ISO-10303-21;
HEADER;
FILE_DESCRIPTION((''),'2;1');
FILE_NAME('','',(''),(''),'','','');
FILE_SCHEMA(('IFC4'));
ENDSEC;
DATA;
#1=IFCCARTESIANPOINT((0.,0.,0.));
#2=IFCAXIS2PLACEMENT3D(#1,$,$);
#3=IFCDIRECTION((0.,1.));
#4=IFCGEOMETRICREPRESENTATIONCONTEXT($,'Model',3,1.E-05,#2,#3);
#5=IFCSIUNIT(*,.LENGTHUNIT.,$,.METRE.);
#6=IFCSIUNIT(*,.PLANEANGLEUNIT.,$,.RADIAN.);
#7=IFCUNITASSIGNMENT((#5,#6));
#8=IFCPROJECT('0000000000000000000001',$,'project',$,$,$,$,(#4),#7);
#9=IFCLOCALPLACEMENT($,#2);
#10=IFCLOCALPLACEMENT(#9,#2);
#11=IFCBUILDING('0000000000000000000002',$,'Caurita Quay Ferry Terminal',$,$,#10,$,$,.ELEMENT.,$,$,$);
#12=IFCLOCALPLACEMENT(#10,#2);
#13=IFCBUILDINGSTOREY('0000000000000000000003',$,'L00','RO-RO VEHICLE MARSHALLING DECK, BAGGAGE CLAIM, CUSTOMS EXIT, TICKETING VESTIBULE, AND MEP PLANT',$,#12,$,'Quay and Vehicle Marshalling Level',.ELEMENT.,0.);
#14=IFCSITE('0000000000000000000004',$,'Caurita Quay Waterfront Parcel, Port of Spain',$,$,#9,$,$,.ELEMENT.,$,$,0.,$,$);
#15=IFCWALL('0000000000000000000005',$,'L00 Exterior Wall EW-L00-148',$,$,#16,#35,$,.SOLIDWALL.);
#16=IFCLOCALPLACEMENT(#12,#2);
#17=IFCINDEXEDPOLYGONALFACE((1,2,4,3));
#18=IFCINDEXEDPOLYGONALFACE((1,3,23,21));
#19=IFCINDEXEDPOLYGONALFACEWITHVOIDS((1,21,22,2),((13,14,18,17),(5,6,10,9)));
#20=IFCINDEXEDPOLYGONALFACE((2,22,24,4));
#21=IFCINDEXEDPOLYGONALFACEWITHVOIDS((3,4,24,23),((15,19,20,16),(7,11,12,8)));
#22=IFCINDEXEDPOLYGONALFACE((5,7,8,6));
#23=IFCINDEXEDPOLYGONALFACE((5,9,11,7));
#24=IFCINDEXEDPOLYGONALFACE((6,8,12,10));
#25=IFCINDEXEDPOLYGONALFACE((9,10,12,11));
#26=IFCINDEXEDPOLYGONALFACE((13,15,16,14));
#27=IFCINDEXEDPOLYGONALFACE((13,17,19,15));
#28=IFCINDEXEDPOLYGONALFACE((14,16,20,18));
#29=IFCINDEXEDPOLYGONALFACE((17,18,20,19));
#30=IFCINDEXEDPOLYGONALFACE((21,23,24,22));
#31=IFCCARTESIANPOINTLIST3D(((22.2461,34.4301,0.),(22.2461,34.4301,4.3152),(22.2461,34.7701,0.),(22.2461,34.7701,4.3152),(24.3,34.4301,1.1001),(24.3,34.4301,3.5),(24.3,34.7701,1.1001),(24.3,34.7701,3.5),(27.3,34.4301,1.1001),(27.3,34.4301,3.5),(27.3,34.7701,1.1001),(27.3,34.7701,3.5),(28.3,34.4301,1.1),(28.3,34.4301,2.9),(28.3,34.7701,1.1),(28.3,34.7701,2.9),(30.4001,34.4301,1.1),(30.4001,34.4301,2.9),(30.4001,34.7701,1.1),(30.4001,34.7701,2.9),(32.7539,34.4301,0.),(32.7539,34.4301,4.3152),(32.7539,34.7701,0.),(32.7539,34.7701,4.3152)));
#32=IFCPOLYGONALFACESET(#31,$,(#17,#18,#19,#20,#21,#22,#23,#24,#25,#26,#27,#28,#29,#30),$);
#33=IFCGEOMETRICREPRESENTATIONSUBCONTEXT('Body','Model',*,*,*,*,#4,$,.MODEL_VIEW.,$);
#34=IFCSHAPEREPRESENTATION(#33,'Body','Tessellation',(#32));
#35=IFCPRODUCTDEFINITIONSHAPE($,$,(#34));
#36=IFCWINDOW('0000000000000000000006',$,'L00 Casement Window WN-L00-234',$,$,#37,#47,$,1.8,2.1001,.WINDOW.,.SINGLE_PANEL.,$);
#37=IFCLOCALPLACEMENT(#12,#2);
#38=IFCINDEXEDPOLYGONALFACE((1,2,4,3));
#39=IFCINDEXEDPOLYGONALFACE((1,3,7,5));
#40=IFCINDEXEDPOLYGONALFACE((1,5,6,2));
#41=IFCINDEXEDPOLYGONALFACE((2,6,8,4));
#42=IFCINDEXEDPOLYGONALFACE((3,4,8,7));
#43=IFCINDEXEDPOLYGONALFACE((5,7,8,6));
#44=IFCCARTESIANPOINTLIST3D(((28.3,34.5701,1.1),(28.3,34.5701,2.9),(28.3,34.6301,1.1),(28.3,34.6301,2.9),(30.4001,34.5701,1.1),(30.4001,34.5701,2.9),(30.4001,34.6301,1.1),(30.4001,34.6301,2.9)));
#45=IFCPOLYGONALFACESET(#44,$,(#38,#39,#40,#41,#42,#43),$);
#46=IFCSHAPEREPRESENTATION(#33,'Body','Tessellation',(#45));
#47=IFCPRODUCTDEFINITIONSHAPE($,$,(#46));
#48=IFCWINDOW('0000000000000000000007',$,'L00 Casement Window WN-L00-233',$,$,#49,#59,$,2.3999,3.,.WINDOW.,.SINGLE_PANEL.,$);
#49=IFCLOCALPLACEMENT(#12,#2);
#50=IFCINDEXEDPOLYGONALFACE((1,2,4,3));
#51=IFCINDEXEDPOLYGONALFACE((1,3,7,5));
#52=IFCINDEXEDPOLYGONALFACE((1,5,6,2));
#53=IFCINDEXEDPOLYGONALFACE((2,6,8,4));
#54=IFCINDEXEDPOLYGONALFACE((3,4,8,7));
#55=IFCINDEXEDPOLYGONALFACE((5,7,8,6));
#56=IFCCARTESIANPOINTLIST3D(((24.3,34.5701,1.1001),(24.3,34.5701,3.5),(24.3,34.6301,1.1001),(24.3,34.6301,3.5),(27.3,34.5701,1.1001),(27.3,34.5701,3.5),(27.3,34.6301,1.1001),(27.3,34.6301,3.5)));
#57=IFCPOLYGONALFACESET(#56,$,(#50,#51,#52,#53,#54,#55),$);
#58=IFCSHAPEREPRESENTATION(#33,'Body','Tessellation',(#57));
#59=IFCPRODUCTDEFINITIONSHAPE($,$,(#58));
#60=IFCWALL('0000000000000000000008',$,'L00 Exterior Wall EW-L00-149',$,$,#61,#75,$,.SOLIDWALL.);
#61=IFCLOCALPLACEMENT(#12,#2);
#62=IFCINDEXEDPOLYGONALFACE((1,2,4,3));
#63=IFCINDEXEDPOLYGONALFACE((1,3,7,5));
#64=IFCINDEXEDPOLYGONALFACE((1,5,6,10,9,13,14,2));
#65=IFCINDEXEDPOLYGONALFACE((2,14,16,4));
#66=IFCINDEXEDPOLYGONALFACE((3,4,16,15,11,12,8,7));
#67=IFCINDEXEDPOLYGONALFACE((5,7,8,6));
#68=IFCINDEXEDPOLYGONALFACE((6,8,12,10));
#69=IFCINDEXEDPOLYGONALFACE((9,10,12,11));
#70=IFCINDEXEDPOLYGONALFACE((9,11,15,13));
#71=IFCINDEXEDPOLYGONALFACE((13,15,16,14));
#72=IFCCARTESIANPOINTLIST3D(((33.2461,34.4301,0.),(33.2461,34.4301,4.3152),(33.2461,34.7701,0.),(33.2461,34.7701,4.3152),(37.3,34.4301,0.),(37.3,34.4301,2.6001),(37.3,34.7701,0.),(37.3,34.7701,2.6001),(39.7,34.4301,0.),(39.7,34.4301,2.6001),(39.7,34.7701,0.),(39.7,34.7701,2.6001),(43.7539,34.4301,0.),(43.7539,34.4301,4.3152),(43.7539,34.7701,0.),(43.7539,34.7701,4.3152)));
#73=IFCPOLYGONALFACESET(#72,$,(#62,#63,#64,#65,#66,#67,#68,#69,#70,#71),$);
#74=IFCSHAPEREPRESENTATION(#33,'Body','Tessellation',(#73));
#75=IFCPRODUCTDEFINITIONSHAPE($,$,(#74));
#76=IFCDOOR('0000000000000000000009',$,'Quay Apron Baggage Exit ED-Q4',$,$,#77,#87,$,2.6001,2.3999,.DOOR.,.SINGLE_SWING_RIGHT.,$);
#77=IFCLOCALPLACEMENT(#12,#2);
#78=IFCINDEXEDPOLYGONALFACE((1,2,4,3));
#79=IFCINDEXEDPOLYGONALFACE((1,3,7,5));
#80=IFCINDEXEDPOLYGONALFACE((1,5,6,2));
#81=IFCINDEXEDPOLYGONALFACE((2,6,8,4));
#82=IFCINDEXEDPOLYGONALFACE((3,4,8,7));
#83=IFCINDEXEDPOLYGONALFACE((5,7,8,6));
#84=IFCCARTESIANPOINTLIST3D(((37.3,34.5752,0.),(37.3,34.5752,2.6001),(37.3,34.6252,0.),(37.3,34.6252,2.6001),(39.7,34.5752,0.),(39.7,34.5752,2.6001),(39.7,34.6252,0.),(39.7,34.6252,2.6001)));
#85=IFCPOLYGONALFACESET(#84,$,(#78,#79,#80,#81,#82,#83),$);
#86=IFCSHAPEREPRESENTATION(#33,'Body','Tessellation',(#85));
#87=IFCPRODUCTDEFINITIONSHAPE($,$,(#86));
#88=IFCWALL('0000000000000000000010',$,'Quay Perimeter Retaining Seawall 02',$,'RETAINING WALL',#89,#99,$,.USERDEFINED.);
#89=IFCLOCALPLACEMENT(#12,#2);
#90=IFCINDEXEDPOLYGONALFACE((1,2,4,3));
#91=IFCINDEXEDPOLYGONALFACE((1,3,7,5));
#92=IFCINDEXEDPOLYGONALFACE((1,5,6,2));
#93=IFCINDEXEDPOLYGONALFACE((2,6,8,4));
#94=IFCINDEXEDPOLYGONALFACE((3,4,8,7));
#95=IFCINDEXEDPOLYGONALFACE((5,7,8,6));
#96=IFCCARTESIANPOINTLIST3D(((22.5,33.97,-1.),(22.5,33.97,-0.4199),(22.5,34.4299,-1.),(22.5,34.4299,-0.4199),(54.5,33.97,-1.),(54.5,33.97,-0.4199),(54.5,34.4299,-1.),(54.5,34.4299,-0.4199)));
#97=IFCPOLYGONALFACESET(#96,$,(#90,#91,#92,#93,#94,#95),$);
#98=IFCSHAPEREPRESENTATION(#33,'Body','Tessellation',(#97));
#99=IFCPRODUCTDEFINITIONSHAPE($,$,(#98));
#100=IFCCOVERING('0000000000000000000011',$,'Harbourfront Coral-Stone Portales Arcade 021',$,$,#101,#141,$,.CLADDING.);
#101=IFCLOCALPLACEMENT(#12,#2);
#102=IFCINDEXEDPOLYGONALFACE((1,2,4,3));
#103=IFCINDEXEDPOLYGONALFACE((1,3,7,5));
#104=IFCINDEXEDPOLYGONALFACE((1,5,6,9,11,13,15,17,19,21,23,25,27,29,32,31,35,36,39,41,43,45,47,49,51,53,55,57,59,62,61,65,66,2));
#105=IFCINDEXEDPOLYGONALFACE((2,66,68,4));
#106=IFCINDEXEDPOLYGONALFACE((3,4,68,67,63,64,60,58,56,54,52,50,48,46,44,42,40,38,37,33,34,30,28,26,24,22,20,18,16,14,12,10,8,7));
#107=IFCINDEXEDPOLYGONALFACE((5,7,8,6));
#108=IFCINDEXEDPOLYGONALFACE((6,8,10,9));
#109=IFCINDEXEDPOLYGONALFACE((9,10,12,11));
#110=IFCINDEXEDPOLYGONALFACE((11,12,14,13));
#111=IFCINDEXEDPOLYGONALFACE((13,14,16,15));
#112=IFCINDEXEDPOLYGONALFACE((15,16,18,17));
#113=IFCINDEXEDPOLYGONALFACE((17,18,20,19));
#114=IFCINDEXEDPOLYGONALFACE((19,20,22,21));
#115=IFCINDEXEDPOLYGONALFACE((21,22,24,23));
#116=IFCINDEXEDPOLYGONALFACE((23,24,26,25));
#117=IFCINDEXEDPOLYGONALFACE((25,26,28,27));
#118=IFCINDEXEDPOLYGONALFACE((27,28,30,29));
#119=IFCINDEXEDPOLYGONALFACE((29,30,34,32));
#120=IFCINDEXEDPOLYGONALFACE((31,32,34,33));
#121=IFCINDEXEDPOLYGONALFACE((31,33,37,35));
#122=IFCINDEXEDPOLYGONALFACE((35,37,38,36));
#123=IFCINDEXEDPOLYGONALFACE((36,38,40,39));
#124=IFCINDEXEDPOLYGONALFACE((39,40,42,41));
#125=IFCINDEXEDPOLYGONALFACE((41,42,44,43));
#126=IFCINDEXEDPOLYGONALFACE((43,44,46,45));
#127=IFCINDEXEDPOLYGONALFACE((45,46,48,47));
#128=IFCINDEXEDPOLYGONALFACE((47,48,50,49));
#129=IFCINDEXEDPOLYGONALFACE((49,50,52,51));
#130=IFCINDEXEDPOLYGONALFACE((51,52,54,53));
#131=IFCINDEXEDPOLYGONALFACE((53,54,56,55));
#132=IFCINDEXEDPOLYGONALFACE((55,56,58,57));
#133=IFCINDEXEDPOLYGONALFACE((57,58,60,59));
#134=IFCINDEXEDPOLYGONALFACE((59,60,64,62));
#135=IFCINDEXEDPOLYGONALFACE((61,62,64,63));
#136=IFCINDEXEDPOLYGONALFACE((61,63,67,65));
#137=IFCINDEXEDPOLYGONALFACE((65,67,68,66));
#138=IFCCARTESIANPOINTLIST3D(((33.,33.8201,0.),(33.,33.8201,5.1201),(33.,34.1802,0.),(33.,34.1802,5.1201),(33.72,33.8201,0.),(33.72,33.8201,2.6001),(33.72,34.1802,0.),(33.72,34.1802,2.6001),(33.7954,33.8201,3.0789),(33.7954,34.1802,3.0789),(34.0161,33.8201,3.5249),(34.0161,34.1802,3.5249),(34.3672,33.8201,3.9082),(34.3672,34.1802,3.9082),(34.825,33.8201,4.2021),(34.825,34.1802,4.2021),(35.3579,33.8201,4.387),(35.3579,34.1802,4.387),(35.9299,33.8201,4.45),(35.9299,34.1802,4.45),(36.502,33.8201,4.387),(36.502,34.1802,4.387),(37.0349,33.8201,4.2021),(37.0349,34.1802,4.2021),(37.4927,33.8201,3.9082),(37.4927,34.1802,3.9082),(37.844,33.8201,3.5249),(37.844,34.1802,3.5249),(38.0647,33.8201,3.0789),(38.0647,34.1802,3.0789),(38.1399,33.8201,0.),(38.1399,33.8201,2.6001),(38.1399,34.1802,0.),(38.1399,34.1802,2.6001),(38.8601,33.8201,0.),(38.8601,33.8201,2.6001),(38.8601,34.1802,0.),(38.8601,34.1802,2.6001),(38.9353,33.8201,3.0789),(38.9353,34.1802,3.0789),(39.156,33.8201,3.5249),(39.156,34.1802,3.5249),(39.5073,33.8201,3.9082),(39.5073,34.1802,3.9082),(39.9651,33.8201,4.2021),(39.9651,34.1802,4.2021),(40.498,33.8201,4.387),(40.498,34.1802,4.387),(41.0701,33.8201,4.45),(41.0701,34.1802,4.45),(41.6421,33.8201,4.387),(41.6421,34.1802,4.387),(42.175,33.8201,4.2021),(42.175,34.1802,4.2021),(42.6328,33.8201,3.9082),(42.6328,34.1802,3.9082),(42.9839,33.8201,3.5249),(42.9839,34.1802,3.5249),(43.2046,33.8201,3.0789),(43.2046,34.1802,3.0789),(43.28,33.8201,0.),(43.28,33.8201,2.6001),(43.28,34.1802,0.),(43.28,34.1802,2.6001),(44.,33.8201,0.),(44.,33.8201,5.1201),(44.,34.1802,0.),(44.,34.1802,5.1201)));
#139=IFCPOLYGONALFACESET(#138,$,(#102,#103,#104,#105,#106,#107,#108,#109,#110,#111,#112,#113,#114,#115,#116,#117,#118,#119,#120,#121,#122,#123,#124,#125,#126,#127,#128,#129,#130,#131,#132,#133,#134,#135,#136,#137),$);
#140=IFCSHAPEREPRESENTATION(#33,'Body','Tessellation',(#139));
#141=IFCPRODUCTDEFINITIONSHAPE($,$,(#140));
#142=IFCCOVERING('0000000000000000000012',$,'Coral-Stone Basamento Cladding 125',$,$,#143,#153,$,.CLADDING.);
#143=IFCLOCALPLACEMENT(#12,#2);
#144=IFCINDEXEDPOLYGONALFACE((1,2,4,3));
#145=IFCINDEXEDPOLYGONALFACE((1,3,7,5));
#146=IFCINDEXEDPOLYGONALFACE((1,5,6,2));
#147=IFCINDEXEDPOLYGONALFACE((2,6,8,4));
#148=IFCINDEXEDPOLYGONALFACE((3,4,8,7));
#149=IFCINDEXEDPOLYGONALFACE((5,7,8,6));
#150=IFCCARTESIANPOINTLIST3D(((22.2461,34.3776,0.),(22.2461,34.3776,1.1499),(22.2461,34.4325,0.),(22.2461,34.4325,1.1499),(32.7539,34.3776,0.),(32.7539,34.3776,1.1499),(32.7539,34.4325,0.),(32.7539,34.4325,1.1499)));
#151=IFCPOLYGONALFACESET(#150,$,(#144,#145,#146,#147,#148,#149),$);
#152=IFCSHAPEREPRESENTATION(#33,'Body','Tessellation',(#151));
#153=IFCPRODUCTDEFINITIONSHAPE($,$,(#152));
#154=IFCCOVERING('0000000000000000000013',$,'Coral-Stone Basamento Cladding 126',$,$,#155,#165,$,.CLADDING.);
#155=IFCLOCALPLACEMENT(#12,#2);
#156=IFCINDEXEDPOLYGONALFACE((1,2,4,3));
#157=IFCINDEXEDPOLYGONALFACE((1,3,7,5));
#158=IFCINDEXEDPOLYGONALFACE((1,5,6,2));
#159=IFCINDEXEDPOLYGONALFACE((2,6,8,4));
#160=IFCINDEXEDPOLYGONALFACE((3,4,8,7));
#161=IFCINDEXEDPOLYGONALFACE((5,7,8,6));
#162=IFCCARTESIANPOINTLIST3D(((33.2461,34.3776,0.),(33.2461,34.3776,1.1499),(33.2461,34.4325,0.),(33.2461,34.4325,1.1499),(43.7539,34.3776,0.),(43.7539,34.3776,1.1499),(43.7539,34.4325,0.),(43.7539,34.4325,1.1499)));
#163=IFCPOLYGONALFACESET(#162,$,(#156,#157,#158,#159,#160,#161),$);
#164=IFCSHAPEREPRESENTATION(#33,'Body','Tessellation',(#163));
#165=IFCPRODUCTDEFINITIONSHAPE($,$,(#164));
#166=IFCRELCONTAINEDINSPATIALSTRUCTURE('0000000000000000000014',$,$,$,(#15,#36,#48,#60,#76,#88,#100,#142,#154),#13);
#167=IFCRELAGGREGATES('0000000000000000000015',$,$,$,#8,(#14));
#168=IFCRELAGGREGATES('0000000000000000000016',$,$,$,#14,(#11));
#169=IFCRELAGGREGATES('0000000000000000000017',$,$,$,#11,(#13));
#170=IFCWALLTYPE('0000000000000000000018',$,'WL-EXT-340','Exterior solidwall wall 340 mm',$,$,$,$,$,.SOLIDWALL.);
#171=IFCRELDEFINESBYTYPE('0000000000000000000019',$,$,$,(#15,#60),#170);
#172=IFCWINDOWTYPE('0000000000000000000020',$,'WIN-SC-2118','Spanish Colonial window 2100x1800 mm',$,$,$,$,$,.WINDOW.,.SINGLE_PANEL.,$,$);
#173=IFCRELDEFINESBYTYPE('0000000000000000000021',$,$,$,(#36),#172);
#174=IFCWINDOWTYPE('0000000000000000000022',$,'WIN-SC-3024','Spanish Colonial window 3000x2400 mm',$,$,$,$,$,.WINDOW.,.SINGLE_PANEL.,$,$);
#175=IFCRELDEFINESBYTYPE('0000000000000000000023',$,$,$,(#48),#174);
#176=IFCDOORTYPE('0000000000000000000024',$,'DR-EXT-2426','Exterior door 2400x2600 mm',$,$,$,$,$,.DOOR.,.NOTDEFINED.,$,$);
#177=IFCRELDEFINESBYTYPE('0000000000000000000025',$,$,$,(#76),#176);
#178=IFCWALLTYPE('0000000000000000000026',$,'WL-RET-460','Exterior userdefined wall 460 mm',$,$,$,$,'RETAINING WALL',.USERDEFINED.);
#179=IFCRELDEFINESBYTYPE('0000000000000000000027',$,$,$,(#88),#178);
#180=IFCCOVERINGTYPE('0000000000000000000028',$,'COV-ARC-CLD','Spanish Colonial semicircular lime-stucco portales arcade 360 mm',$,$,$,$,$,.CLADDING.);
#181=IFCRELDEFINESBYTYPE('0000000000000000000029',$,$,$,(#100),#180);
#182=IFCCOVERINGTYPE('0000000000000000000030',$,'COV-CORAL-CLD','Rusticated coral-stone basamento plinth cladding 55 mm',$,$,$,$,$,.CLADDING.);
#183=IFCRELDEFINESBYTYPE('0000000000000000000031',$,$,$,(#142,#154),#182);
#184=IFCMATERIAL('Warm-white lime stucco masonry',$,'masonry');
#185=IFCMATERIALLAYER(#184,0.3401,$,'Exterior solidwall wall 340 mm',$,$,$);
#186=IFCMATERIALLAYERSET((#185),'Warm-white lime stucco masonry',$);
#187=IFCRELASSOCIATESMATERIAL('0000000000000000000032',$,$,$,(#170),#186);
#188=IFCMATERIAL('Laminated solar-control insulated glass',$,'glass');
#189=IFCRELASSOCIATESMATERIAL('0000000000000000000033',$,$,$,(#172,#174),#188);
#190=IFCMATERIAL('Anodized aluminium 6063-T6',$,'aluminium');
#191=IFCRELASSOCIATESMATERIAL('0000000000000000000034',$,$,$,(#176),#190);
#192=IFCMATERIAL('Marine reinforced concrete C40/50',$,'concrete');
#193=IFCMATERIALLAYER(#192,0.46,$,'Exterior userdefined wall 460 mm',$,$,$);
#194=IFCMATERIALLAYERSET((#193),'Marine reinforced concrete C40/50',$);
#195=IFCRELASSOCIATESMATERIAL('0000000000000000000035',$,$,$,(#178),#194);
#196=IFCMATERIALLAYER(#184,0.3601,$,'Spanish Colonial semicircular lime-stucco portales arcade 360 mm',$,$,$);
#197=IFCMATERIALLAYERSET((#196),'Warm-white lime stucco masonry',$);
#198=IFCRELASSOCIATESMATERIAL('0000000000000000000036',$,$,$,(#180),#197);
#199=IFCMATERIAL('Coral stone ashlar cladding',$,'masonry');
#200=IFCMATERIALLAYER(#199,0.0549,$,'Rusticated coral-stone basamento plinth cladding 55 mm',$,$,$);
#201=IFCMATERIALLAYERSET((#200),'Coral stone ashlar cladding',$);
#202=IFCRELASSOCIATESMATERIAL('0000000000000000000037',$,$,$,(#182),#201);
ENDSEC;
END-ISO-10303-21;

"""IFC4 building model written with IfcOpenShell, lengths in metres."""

from ifc_helpers import new_model, si_unit, direction, frame, frame_2d, origin, place, context, subcontext, project, spatial, polyline, rectangle, outline, extrude, material, layer, layer_set, type_object, element, fill, save


model = new_model("IFC4")

# Units and contexts
model_context = context("Model", 3, precision=1e-05, world=origin(), true_north=direction((0.0, 1.0)))
body_context = subcontext(model_context, "Body", "Model", "MODEL_VIEW")
ifc_project = project(units=[si_unit("LENGTHUNIT", "METRE"), si_unit("PLANEANGLEUNIT", "RADIAN")], contexts=[model_context])

# Site, building, storey
site_placement = place(None, origin())
site = spatial("IfcSite", under=ifc_project, at=site_placement, Name="Caurita Quay Waterfront Parcel, Port of Spain", CompositionType="ELEMENT", RefElevation=0.0)
building_placement = place(site_placement, origin())
building = spatial("IfcBuilding", under=site, at=building_placement, Name="Caurita Quay Ferry Terminal", CompositionType="ELEMENT")
storey_placement = place(building_placement, origin())
storey = spatial("IfcBuildingStorey", under=building, at=storey_placement, Name="L00", Description="RO-RO VEHICLE MARSHALLING DECK, BAGGAGE CLAIM, CUSTOMS EXIT, TICKETING VESTIBULE, AND MEP PLANT", LongName="Quay and Vehicle Marshalling Level", CompositionType="ELEMENT", Elevation=0.0)

# Shared definitions
ifc_material_1 = material(Name="Marine reinforced concrete C40/50", Category="concrete")

# Shared definitions
ifc_material_2 = material(Name="Warm-white lime stucco masonry", Category="masonry")
ifc_material_3 = material(Name="Anodized aluminium 6063-T6", Category="aluminium")

# Wall, openings, windows
ifc_layer_1 = layer(ifc_material_2, 0.3401, Name="Exterior solidwall wall 340 mm")
ifc_layer_set_1 = layer_set([ifc_layer_1], Name="Warm-white lime stucco masonry")
wall_type_1 = type_object("IfcWallType", Name="WL-EXT-340", Description="Exterior solidwall wall 340 mm", PredefinedType="SOLIDWALL", material=ifc_layer_set_1)
wall_1_placement = place(storey_placement, frame((22.2461, 34.6001, 0.0), z_axis=(0.0, 0.0, 1.0), x_axis=(1.0, 0.0, 0.0)))
wall_1 = element("IfcWall", 1, at=wall_1_placement, inside=storey, type_object=wall_type_1, Name="L00 Exterior Wall EW-L00-148", PredefinedType="SOLIDWALL", context=body_context, shape_type="SweptSolid", body=[
    extrude(rectangle(XDim=10.5078, YDim=0.3401, at=frame_2d((5.2539, 0.0))), origin(), (0.0, 0.0, 1.0), 4.3152),
])
opening_1_placement = place(wall_1_placement, frame((2.054, 0.0, 1.1001)))
opening_1 = element("IfcOpeningElement", 2, at=opening_1_placement, cuts=wall_1, PredefinedType="OPENING", context=body_context, shape_type="SweptSolid", body=[
    extrude(rectangle(XDim=3.0, YDim=2.3999, at=frame_2d((1.5, 1.2))), frame((0.0, 0.1799, 0.0), z_axis=(0.0, -1.0, 0.0), x_axis=(1.0, 0.0, 0.0)), (0.0, 0.0, 1.0), 0.3601),
])
opening_2_placement = place(wall_1_placement, frame((6.054, 0.0, 1.1001)))
opening_2 = element("IfcOpeningElement", 3, at=opening_2_placement, cuts=wall_1, PredefinedType="OPENING", context=body_context, shape_type="SweptSolid", body=[
    extrude(rectangle(XDim=2.1001, YDim=1.8, at=frame_2d((1.05, 0.8999))), frame((0.0, 0.1799, 0.0), z_axis=(0.0, -1.0, 0.0), x_axis=(1.0, 0.0, 0.0)), (0.0, 0.0, 1.0), 0.3601),
])
ifc_material_4 = material(Name="Laminated solar-control insulated glass", Category="glass")
window_type_1 = type_object("IfcWindowType", Name="WIN-SC-2118", Description="Spanish Colonial window 2100x1800 mm", PartitioningType="SINGLE_PANEL", PredefinedType="WINDOW", material=ifc_material_4)
window_1_placement = place(opening_2_placement, origin())
window_1 = element("IfcWindow", 4, at=window_1_placement, inside=storey, type_object=window_type_1, Name="L00 Casement Window WN-L00-234", OverallHeight=1.8, OverallWidth=2.1001, PartitioningType="SINGLE_PANEL", PredefinedType="WINDOW", context=body_context, shape_type="SweptSolid", body=[
    extrude(rectangle(XDim=2.1001, YDim=1.8, at=frame_2d((1.05, 0.8999))), frame((0.0, 0.03, 0.0), z_axis=(0.0, -1.0, 0.0), x_axis=(1.0, 0.0, 0.0)), (0.0, 0.0, 1.0), 0.0601),
])
fill(opening_2, window_1)
window_type_2 = type_object("IfcWindowType", Name="WIN-SC-3024", Description="Spanish Colonial window 3000x2400 mm", PartitioningType="SINGLE_PANEL", PredefinedType="WINDOW", material=ifc_material_4)
window_2_placement = place(opening_1_placement, origin())
window_2 = element("IfcWindow", 5, at=window_2_placement, inside=storey, type_object=window_type_2, Name="L00 Casement Window WN-L00-233", OverallHeight=2.3999, OverallWidth=3.0, PartitioningType="SINGLE_PANEL", PredefinedType="WINDOW", context=body_context, shape_type="SweptSolid", body=[
    extrude(rectangle(XDim=3.0, YDim=2.3999, at=frame_2d((1.5, 1.2))), frame((0.0, 0.03, 0.0), z_axis=(0.0, -1.0, 0.0), x_axis=(1.0, 0.0, 0.0)), (0.0, 0.0, 1.0), 0.0601),
])
fill(opening_1, window_2)

# Wall, opening, door
wall_2_placement = place(storey_placement, frame((33.2461, 34.6001, 0.0), z_axis=(0.0, 0.0, 1.0), x_axis=(1.0, 0.0, 0.0)))
wall_2 = element("IfcWall", 6, at=wall_2_placement, inside=storey, type_object=wall_type_1, Name="L00 Exterior Wall EW-L00-149", PredefinedType="SOLIDWALL", context=body_context, shape_type="SweptSolid", body=[
    extrude(rectangle(XDim=10.5078, YDim=0.3401, at=frame_2d((5.2539, 0.0))), origin(), (0.0, 0.0, 1.0), 4.3152),
])
opening_3_placement = place(wall_2_placement, frame((4.054, 0.0, 0.0)))
opening_3 = element("IfcOpeningElement", 7, at=opening_3_placement, cuts=wall_2, PredefinedType="OPENING", context=body_context, shape_type="SweptSolid", body=[
    extrude(rectangle(XDim=2.3999, YDim=2.6001, at=frame_2d((1.2, 1.3))), frame((0.0, 0.1799, 0.0), z_axis=(0.0, -1.0, 0.0), x_axis=(1.0, 0.0, 0.0)), (0.0, 0.0, 1.0), 0.3601),
])
door_type_1 = type_object("IfcDoorType", Name="DR-EXT-2426", Description="Exterior door 2400x2600 mm", OperationType="NOTDEFINED", PredefinedType="DOOR", material=ifc_material_3)
door_1_placement = place(opening_3_placement, frame((2.3999, 0.0, 0.0), z_axis=(0.0, 0.0, 1.0), x_axis=(-1.0, 0.0, 0.0)))
door_1 = element("IfcDoor", 8, at=door_1_placement, inside=storey, type_object=door_type_1, Name="Quay Apron Baggage Exit ED-Q4", OperationType="SINGLE_SWING_RIGHT", OverallHeight=2.6001, OverallWidth=2.3999, PredefinedType="DOOR", context=body_context, shape_type="SweptSolid", body=[
    extrude(rectangle(XDim=2.3999, YDim=2.6001, at=frame_2d((1.2, 1.3))), frame((0.0, 0.0249, 0.0), z_axis=(0.0, -1.0, 0.0), x_axis=(1.0, 0.0, 0.0)), (0.0, 0.0, 1.0), 0.05),
])
fill(opening_3, door_1)

# Wall
ifc_layer_2 = layer(ifc_material_1, 0.46, Name="Exterior userdefined wall 460 mm")
ifc_layer_set_2 = layer_set([ifc_layer_2], Name="Marine reinforced concrete C40/50")
wall_type_2 = type_object("IfcWallType", Name="WL-RET-460", Description="Exterior userdefined wall 460 mm", ElementType="RETAINING WALL", PredefinedType="USERDEFINED", material=ifc_layer_set_2)
wall_3_placement = place(storey_placement, frame((22.5, 34.2, -1.0), z_axis=(0.0, 0.0, 1.0), x_axis=(1.0, 0.0, 0.0)))
element("IfcWall", 9, at=wall_3_placement, inside=storey, type_object=wall_type_2, Name="Quay Perimeter Retaining Seawall 02", ObjectType="RETAINING WALL", PredefinedType="USERDEFINED", context=body_context, shape_type="SweptSolid", body=[
    extrude(rectangle(XDim=32.0, YDim=0.46, at=frame_2d((16.0, 0.0))), origin(), (0.0, 0.0, 1.0), 0.5801),
])

# Coverings
ifc_layer_3 = layer(ifc_material_2, 0.3601, Name="Spanish Colonial semicircular lime-stucco portales arcade 360 mm")
ifc_layer_set_3 = layer_set([ifc_layer_3], Name="Warm-white lime stucco masonry")
covering_type_1 = type_object("IfcCoveringType", Name="COV-ARC-CLD", Description="Spanish Colonial semicircular lime-stucco portales arcade 360 mm", PredefinedType="CLADDING", material=ifc_layer_set_3)
covering_1_placement = place(storey_placement, frame((33.0, 34.0, 0.0), z_axis=(0.0, 0.0, 1.0), x_axis=(1.0, 0.0, 0.0)))
element("IfcCovering", 10, at=covering_1_placement, inside=storey, type_object=covering_type_1, Name="Harbourfront Coral-Stone Portales Arcade 021", PredefinedType="CLADDING", context=body_context, shape_type="SweptSolid", body=[
    extrude(outline(polyline([(0.0, 0.0), (0.72, 0.0), (0.72, 2.6001), (0.7954, 3.0789), (1.0161, 3.5249), (1.3672, 3.9082), (1.825, 4.2021), (2.3579, 4.387), (2.9299, 4.45), (3.502, 4.387), (4.0349, 4.2021), (4.4927, 3.9082), (4.844, 3.5249), (5.0647, 3.0789), (5.1399, 2.6001), (5.1399, 0.0), (5.8601, 0.0), (5.8601, 2.6001), (5.9353, 3.0789), (6.156, 3.5249), (6.5073, 3.9082), (6.9651, 4.2021), (7.498, 4.387), (8.0701, 4.45), (8.6421, 4.387), (9.175, 4.2021), (9.6328, 3.9082), (9.9839, 3.5249), (10.2046, 3.0789), (10.28, 2.6001), (10.28, 0.0), (11.0, 0.0), (11.0, 5.1201), (0.0, 5.1201), (0.0, 0.0)])), frame((0.0, 0.1802, 0.0), z_axis=(0.0, -1.0, 0.0), x_axis=(1.0, 0.0, 0.0)), (0.0, 0.0, 1.0), 0.3601),
])
ifc_material_5 = material(Name="Coral stone ashlar cladding", Category="masonry")
ifc_layer_4 = layer(ifc_material_5, 0.0549, Name="Rusticated coral-stone basamento plinth cladding 55 mm")
ifc_layer_set_4 = layer_set([ifc_layer_4], Name="Coral stone ashlar cladding")
covering_type_2 = type_object("IfcCoveringType", Name="COV-CORAL-CLD", Description="Rusticated coral-stone basamento plinth cladding 55 mm", PredefinedType="CLADDING", material=ifc_layer_set_4)
for number, where, z_axis, x_axis, name in (
    (11, (22.2461, 34.405, 0.0), (0.0, 0.0, 1.0), (1.0, 0.0, 0.0), "Coral-Stone Basamento Cladding 125"),
    (12, (33.2461, 34.405, 0.0), (0.0, 0.0, 1.0), (1.0, 0.0, 0.0), "Coral-Stone Basamento Cladding 126"),
):
    element("IfcCovering", number, at=place(storey_placement, frame(where, z_axis=z_axis, x_axis=x_axis)), inside=storey, type_object=covering_type_2, Name=name, PredefinedType="CLADDING", context=body_context, shape_type="SweptSolid", body=[
        extrude(rectangle(XDim=10.5078, YDim=0.0549, at=frame_2d((5.2539, 0.0))), origin(), (0.0, 0.0, 1.0), 1.1499),
    ])

save(model, "model.ifc")
